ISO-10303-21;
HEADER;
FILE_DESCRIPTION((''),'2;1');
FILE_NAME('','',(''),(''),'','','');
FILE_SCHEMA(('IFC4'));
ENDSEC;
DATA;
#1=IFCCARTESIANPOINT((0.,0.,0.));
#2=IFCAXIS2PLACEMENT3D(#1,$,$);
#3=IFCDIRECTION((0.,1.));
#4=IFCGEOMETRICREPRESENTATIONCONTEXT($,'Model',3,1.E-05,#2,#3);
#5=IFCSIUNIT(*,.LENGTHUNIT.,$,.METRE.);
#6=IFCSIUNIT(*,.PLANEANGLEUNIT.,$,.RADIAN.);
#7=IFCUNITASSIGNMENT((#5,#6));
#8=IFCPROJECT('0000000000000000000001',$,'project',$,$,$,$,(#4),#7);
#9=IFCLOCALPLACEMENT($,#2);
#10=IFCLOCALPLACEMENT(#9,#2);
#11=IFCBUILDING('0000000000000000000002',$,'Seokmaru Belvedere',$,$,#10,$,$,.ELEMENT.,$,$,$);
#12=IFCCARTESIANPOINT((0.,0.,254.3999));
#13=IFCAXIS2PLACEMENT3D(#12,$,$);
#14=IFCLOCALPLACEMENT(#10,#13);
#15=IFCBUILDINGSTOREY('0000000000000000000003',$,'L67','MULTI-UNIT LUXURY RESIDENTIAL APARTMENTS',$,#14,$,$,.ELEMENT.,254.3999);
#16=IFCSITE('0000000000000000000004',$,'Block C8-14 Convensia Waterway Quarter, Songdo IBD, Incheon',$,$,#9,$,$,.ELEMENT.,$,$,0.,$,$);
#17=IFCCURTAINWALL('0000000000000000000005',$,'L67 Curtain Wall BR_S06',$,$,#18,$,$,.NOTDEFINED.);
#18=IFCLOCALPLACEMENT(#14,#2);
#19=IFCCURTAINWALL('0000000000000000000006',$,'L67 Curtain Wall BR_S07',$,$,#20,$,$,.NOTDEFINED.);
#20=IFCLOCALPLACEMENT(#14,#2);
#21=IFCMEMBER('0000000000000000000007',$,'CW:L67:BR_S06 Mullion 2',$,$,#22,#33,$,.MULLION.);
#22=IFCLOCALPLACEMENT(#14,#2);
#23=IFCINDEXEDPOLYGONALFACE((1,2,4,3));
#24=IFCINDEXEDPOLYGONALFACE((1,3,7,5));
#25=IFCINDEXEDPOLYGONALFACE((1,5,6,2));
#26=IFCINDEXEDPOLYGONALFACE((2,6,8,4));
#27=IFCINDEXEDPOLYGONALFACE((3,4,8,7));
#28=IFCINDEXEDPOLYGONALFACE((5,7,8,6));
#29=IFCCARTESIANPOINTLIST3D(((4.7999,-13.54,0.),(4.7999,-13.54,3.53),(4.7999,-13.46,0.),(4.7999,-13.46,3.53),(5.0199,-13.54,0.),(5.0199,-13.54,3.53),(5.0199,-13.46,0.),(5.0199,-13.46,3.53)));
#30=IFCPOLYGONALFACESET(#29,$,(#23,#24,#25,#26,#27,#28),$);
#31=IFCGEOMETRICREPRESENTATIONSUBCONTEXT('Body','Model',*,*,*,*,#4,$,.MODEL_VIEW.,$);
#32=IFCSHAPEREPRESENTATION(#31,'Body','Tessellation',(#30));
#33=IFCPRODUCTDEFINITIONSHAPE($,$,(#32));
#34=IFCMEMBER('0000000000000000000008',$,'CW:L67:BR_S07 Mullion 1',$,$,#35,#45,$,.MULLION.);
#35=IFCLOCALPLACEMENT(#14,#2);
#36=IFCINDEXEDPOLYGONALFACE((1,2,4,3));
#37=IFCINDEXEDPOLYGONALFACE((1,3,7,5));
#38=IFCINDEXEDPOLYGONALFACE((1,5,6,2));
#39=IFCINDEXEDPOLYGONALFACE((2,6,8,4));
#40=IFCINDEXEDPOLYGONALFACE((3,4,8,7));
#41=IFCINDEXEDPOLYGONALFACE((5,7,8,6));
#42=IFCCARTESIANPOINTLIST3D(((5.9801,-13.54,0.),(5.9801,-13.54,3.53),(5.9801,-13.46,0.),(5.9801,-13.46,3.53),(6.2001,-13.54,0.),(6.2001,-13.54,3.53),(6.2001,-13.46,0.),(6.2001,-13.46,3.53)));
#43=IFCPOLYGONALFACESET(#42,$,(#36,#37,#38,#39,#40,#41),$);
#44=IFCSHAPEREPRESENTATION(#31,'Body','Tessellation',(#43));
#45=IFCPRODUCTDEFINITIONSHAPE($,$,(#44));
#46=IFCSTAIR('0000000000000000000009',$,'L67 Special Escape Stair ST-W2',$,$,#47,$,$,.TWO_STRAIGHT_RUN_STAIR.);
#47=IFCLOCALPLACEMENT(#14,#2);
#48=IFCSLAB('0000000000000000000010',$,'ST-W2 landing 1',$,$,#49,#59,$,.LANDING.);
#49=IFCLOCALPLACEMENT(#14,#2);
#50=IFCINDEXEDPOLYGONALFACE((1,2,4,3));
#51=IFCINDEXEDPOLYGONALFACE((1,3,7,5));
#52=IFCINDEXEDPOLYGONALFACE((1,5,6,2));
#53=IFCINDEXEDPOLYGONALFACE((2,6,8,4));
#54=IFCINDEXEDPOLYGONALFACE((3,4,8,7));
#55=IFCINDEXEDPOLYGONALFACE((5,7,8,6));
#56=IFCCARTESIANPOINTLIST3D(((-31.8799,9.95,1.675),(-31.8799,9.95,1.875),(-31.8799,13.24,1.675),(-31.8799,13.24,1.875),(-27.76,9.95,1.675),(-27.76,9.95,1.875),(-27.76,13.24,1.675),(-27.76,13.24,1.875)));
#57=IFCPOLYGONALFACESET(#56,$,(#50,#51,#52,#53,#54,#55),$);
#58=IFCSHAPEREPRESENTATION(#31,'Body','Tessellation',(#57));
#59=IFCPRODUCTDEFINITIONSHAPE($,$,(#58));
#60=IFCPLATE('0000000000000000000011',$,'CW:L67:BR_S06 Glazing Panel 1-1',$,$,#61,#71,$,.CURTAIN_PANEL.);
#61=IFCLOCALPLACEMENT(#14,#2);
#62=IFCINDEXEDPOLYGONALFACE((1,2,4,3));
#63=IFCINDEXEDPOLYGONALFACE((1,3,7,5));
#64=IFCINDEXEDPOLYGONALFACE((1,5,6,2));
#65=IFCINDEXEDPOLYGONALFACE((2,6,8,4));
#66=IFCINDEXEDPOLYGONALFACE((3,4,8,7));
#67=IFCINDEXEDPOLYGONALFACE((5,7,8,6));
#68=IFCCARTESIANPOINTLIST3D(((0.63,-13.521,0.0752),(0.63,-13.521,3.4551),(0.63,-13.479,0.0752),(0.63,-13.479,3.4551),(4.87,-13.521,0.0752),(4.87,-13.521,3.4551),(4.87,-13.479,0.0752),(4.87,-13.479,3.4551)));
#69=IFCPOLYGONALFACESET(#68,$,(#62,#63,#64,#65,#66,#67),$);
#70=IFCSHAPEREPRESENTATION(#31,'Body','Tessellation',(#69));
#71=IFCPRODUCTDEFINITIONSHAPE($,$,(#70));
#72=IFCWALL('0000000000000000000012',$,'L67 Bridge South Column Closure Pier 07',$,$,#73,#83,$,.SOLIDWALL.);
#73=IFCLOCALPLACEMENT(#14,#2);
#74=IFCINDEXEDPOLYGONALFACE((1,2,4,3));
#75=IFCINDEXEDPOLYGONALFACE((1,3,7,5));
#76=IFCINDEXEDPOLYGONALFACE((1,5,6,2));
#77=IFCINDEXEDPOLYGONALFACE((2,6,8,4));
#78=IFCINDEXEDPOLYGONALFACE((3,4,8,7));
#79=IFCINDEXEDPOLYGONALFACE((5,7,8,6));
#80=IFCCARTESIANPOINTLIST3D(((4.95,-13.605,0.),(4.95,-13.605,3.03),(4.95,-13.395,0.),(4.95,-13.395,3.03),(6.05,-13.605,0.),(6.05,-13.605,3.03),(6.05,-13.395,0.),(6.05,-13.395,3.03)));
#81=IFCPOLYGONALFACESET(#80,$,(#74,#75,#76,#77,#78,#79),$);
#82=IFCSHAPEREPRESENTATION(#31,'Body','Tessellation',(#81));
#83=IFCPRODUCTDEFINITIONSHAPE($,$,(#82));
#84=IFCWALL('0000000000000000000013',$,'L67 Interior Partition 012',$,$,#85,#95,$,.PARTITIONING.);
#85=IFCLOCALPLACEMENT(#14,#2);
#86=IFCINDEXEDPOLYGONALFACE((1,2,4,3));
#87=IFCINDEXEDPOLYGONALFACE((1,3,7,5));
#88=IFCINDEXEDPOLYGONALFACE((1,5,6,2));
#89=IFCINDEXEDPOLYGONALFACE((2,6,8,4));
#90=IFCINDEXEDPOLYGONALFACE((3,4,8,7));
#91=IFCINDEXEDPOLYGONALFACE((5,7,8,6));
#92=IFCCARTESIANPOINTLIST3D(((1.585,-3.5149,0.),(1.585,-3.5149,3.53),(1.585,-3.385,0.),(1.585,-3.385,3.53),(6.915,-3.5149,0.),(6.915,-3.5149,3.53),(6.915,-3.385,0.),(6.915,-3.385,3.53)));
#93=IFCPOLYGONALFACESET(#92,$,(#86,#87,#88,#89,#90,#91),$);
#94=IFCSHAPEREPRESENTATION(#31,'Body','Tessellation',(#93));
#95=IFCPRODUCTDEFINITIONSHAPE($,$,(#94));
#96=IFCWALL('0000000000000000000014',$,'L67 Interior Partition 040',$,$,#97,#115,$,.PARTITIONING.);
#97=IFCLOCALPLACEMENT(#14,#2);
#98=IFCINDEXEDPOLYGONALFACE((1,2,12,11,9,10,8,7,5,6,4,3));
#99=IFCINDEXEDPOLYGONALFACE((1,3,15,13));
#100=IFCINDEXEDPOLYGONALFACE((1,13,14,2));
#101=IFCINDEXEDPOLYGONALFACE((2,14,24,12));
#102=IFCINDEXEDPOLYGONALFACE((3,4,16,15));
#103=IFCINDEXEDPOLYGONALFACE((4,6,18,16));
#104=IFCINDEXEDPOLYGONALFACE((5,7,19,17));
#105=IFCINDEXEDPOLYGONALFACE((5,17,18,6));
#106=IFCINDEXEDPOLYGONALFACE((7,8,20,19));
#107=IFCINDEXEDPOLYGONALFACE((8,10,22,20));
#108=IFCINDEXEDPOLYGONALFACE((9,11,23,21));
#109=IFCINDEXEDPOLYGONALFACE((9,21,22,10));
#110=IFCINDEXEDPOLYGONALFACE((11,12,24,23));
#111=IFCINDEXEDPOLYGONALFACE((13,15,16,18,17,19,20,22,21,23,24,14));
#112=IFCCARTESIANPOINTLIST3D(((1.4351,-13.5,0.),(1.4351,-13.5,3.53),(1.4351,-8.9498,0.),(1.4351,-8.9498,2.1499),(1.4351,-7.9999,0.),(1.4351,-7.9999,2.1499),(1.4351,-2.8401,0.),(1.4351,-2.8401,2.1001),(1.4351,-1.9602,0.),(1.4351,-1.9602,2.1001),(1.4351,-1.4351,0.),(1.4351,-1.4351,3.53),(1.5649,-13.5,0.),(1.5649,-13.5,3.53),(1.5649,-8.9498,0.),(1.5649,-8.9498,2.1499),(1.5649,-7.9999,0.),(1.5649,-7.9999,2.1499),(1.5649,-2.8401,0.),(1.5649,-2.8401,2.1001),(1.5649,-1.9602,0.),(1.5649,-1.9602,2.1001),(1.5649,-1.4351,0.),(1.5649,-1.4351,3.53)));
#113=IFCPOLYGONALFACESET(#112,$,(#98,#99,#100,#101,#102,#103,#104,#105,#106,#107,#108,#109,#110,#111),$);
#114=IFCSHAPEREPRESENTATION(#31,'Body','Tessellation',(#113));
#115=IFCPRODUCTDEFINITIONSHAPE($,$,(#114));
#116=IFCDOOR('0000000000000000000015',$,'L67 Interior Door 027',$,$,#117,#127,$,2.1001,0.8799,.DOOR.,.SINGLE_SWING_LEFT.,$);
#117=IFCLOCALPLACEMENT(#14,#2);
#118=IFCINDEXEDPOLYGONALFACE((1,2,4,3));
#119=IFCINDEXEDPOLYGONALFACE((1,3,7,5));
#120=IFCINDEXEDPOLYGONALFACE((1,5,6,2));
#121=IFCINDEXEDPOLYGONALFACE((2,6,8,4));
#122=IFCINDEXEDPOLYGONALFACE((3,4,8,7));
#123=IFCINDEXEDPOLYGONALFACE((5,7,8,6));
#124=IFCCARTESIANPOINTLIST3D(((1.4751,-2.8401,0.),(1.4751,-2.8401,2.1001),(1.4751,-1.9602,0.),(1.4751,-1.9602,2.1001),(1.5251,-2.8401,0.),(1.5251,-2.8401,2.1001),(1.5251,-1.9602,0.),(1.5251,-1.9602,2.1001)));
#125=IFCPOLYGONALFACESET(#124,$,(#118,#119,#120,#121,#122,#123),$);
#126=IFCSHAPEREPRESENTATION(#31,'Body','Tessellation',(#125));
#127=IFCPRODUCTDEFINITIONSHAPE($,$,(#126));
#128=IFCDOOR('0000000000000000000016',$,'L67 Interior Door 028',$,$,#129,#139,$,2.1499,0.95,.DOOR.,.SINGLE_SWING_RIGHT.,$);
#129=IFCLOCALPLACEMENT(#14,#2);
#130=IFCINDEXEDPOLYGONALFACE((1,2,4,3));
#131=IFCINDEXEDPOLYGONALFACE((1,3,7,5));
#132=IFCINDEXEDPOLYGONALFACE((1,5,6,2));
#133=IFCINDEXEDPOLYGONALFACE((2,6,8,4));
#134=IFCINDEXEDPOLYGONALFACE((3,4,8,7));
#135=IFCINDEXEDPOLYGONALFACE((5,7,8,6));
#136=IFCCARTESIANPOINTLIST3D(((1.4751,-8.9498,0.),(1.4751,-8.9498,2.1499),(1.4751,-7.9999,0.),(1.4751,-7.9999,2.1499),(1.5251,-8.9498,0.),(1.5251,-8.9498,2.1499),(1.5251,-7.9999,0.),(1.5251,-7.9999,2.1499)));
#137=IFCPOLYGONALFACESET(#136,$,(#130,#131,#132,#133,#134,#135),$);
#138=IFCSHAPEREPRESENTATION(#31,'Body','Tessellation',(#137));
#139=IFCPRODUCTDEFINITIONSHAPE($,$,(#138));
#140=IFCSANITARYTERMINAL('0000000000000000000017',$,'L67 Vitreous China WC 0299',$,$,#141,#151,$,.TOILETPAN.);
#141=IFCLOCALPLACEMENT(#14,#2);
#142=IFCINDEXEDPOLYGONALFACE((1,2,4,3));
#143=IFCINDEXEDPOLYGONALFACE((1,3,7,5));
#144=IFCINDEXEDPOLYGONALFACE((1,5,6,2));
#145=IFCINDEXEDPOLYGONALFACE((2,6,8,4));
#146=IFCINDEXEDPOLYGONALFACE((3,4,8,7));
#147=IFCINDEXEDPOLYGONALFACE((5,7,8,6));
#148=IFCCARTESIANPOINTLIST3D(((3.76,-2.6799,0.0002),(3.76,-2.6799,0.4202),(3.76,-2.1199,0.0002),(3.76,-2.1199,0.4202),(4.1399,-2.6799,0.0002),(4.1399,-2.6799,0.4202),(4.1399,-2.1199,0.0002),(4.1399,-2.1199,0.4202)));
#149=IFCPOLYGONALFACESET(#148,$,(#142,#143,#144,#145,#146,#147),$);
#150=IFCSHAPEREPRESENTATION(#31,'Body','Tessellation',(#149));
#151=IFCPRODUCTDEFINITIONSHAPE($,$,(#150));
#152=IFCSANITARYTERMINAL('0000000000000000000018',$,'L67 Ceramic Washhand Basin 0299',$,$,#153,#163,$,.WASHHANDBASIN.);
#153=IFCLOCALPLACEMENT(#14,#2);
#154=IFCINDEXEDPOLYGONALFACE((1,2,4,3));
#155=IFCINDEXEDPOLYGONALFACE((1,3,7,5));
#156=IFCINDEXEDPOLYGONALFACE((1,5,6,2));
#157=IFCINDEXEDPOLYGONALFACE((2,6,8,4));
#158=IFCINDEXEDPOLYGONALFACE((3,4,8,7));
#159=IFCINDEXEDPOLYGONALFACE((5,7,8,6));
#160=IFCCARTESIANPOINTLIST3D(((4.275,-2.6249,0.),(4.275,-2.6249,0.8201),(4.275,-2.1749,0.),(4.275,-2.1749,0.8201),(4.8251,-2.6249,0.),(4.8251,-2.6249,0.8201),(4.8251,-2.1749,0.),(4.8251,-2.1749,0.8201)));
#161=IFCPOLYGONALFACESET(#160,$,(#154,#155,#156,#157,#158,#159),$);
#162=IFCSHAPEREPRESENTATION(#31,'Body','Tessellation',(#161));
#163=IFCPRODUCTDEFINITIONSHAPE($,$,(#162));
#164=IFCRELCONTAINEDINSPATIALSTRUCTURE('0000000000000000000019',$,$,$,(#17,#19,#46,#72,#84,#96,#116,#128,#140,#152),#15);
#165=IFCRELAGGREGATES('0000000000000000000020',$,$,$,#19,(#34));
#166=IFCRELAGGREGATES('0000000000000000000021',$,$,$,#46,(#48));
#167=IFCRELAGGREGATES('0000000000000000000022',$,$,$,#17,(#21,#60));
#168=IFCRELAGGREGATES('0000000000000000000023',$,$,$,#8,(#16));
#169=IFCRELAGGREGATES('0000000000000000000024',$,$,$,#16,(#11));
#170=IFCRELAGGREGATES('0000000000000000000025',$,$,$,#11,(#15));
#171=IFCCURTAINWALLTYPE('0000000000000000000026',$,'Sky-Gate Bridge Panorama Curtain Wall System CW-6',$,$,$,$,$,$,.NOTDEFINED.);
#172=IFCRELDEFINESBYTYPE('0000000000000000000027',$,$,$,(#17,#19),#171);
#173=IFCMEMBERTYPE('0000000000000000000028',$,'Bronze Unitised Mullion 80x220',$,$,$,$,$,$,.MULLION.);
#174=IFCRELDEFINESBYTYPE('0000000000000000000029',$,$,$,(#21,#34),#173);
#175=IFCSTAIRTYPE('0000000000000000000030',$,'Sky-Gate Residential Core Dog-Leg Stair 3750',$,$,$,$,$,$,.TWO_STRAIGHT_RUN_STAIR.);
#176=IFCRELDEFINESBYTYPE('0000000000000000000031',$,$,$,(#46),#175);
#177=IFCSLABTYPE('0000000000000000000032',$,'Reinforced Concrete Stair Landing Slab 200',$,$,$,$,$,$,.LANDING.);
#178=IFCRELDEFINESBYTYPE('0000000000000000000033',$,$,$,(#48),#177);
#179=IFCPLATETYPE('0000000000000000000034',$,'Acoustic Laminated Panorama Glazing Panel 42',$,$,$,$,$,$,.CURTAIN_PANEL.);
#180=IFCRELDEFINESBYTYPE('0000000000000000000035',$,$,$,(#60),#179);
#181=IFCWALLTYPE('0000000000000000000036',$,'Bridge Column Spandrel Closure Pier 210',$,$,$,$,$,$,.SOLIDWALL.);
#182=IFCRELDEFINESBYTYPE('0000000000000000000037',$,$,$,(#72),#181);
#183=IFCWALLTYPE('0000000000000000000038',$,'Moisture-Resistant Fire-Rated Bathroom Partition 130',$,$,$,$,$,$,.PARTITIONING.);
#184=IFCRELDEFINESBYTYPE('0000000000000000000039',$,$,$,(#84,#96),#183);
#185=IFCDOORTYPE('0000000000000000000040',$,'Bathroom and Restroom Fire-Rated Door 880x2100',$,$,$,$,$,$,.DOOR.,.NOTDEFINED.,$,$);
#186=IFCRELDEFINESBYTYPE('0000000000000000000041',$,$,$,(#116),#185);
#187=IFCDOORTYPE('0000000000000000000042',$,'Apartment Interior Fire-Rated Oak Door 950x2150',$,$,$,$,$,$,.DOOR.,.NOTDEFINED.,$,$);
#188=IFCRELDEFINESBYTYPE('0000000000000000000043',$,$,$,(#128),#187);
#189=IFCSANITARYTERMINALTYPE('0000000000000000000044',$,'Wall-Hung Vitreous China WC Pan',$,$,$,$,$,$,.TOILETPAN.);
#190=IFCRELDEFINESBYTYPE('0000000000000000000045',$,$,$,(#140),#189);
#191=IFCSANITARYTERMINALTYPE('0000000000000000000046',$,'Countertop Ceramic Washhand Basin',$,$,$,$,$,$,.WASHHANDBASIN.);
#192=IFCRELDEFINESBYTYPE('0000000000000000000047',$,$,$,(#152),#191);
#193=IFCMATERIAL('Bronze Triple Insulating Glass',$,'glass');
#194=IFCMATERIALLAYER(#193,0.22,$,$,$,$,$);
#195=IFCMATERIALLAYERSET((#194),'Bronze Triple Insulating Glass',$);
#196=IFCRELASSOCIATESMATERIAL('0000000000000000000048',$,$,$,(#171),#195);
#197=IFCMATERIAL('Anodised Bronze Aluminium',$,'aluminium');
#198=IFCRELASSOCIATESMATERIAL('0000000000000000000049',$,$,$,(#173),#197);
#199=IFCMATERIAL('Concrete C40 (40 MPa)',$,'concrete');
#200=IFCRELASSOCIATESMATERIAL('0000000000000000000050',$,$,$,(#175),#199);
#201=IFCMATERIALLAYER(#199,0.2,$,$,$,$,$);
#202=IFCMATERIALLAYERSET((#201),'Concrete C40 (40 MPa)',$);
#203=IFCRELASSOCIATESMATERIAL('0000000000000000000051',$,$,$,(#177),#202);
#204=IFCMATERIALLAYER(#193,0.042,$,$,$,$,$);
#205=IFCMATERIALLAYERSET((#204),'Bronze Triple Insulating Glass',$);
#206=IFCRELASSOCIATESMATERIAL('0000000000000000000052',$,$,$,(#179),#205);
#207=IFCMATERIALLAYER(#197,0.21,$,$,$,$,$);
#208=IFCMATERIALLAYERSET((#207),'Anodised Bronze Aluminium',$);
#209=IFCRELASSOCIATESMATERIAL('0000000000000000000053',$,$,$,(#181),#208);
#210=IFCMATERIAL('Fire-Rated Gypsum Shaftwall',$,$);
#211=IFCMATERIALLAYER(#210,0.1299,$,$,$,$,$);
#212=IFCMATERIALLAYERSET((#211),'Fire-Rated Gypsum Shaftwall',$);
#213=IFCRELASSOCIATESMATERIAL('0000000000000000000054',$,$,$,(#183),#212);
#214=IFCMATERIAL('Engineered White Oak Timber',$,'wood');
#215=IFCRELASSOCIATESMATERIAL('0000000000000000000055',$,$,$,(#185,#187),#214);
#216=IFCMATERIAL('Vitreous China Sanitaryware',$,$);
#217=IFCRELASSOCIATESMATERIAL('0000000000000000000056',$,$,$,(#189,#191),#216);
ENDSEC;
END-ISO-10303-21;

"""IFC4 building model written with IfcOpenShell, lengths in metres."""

from ifc_helpers import new_model, si_unit, direction, frame, frame_2d, origin, origin_2d, place, context, subcontext, project, spatial, polyline, rectangle, outline, extrude, source, transform, mapped, material, layer, layer_set, material_profile, profile_set, type_object, type_shapes, element, fill, aggregate, save


model = new_model("IFC4")

# Units and contexts
model_context = context("Model", 3, precision=1e-05, world=origin(), true_north=direction((0.0, 1.0)))
body_context = subcontext(model_context, "Body", "Model", "MODEL_VIEW")
ifc_project = project(units=[si_unit("LENGTHUNIT", "METRE"), si_unit("PLANEANGLEUNIT", "RADIAN")], contexts=[model_context])

# Site, building, storey
site_placement = place(None, origin())
site = spatial("IfcSite", under=ifc_project, at=site_placement, Name="Block C8-14 Convensia Waterway Quarter, Songdo IBD, Incheon", CompositionType="ELEMENT", RefElevation=0.0)
building_placement = place(site_placement, origin())
building = spatial("IfcBuilding", under=site, at=building_placement, Name="Seokmaru Belvedere", CompositionType="ELEMENT")
storey_placement = place(building_placement, frame((0.0, 0.0, 254.3999)))
storey = spatial("IfcBuildingStorey", under=building, at=storey_placement, Name="L67", Description="MULTI-UNIT LUXURY RESIDENTIAL APARTMENTS", CompositionType="ELEMENT", Elevation=254.3999)

# Curtain walls
ifc_material_1 = material(Name="Bronze Triple Insulating Glass", Category="glass")
ifc_layer_1 = layer(ifc_material_1, 0.22)
ifc_layer_set_1 = layer_set([ifc_layer_1], Name="Bronze Triple Insulating Glass")
curtain_wall_type = type_object("IfcCurtainWallType", Name="Sky-Gate Bridge Panorama Curtain Wall System CW-6", PredefinedType="NOTDEFINED", material=ifc_layer_set_1)
curtain_wall_1_placement = place(storey_placement, origin())
curtain_wall_1 = element("IfcCurtainWall", 1, at=curtain_wall_1_placement, inside=storey, type_object=curtain_wall_type, Name="L67 Curtain Wall BR_S06", PredefinedType="NOTDEFINED")
ifc_material_2 = material(Name="Anodised Bronze Aluminium", Category="aluminium")
curtain_wall_2_placement = place(storey_placement, origin())
curtain_wall_2 = element("IfcCurtainWall", 2, at=curtain_wall_2_placement, inside=storey, type_object=curtain_wall_type, Name="L67 Curtain Wall BR_S07", PredefinedType="NOTDEFINED")

# Members
ifc_material_profile_1 = material_profile(ifc_material_2, rectangle(XDim=0.0801, YDim=0.22, at=origin_2d()), Name="CW-M-80x220")
ifc_profile_set_1 = profile_set([ifc_material_profile_1], Name="Anodised Bronze Aluminium")
member_type_1 = type_object("IfcMemberType", Name="Bronze Unitised Mullion 80x220", PredefinedType="MULLION", material=ifc_profile_set_1)
shared_shape_1 = source(origin(), body_context, "Body", "SweptSolid", [
    extrude(rectangle(XDim=0.0801, YDim=0.22, at=origin_2d()), origin(), (0.0, 0.0, 1.0), 3.53),
])
type_shapes(member_type_1, [shared_shape_1])
member_1_placement = place(storey_placement, frame((4.9099, -13.5, 0.0), z_axis=(0.0, 0.0, 1.0), x_axis=(0.0, 1.0, 0.0)))
member_1 = element("IfcMember", 3, at=member_1_placement, type_object=member_type_1, Name="CW:L67:BR_S06 Mullion 2", PredefinedType="MULLION", context=body_context, shape_type="MappedRepresentation", body=[
    mapped(shared_shape_1, transform((0.0, 0.0, 0.0), scale=1.0)),
])
member_2_placement = place(storey_placement, frame((6.0901, -13.5, 0.0), z_axis=(0.0, 0.0, 1.0), x_axis=(0.0, 1.0, 0.0)))
member_2 = element("IfcMember", 4, at=member_2_placement, type_object=member_type_1, Name="CW:L67:BR_S07 Mullion 1", PredefinedType="MULLION", context=body_context, shape_type="MappedRepresentation", body=[
    mapped(shared_shape_1, transform((0.0, 0.0, 0.0), scale=1.0)),
])
aggregate(curtain_wall_2, [member_2])

# Stair, slab
ifc_material_3 = material(Name="Concrete C40 (40 MPa)", Category="concrete")
stair_type = type_object("IfcStairType", Name="Sky-Gate Residential Core Dog-Leg Stair 3750", PredefinedType="TWO_STRAIGHT_RUN_STAIR", material=ifc_material_3)
stair_placement = place(storey_placement, origin())
stair = element("IfcStair", 5, at=stair_placement, inside=storey, type_object=stair_type, Name="L67 Special Escape Stair ST-W2", PredefinedType="TWO_STRAIGHT_RUN_STAIR")
ifc_layer_2 = layer(ifc_material_3, 0.2)
ifc_layer_set_2 = layer_set([ifc_layer_2], Name="Concrete C40 (40 MPa)")
slab_type = type_object("IfcSlabType", Name="Reinforced Concrete Stair Landing Slab 200", PredefinedType="LANDING", material=ifc_layer_set_2)
slab_placement = place(storey_placement, frame((0.0, 0.0, 1.675)))
slab = element("IfcSlab", 6, at=slab_placement, type_object=slab_type, Name="ST-W2 landing 1", PredefinedType="LANDING", context=body_context, shape_type="SweptSolid", body=[
    extrude(outline(polyline([(-31.8799, 9.95), (-27.76, 9.95), (-27.76, 13.24), (-31.8799, 13.24), (-31.8799, 9.95)])), origin(), (0.0, 0.0, 1.0), 0.2),
])
aggregate(stair, [slab])

# Plate
ifc_layer_3 = layer(ifc_material_1, 0.042)
ifc_layer_set_3 = layer_set([ifc_layer_3], Name="Bronze Triple Insulating Glass")
plate_type = type_object("IfcPlateType", Name="Acoustic Laminated Panorama Glazing Panel 42", PredefinedType="CURTAIN_PANEL", material=ifc_layer_set_3)
shared_shape_2 = source(origin(), body_context, "Body", "SweptSolid", [
    extrude(rectangle(XDim=4.24, YDim=0.042, at=origin_2d()), origin(), (0.0, 0.0, 1.0), 3.3799),
])
type_shapes(plate_type, [shared_shape_2])
plate_placement = place(storey_placement, frame((2.75, -13.5, 0.0752), z_axis=(0.0, 0.0, 1.0), x_axis=(1.0, 0.0, 0.0)))
plate = element("IfcPlate", 7, at=plate_placement, type_object=plate_type, Name="CW:L67:BR_S06 Glazing Panel 1-1", PredefinedType="CURTAIN_PANEL", context=body_context, shape_type="MappedRepresentation", body=[
    mapped(shared_shape_2, transform((0.0, 0.0, 0.0), scale=1.0)),
])
aggregate(curtain_wall_1, [member_1, plate])

# Walls
ifc_layer_4 = layer(ifc_material_2, 0.21)
ifc_layer_set_4 = layer_set([ifc_layer_4], Name="Anodised Bronze Aluminium")
wall_type_1 = type_object("IfcWallType", Name="Bridge Column Spandrel Closure Pier 210", PredefinedType="SOLIDWALL", material=ifc_layer_set_4)
wall_1_placement = place(storey_placement, frame((4.95, -13.5, 0.0), z_axis=(0.0, 0.0, 1.0), x_axis=(1.0, 0.0, 0.0)))
element("IfcWall", 8, at=wall_1_placement, inside=storey, type_object=wall_type_1, Name="L67 Bridge South Column Closure Pier 07", PredefinedType="SOLIDWALL", context=body_context, shape_type="SweptSolid", body=[
    extrude(rectangle(XDim=1.1001, YDim=0.21, at=frame_2d((0.55, 0.0))), origin(), (0.0, 0.0, 1.0), 3.03),
])
ifc_material_4 = material(Name="Fire-Rated Gypsum Shaftwall")
ifc_layer_5 = layer(ifc_material_4, 0.1299)
ifc_layer_set_5 = layer_set([ifc_layer_5], Name="Fire-Rated Gypsum Shaftwall")
wall_type_2 = type_object("IfcWallType", Name="Moisture-Resistant Fire-Rated Bathroom Partition 130", PredefinedType="PARTITIONING", material=ifc_layer_set_5)
wall_2_placement = place(storey_placement, frame((1.585, -3.45, 0.0), z_axis=(0.0, 0.0, 1.0), x_axis=(1.0, 0.0, 0.0)))
element("IfcWall", 9, at=wall_2_placement, inside=storey, type_object=wall_type_2, Name="L67 Interior Partition 012", PredefinedType="PARTITIONING", context=body_context, shape_type="SweptSolid", body=[
    extrude(rectangle(XDim=5.3301, YDim=0.1299, at=frame_2d((2.665, 0.0))), origin(), (0.0, 0.0, 1.0), 3.53),
])

# Wall, openings, doors
wall_3_placement = place(storey_placement, frame((1.5, -13.5, 0.0), z_axis=(0.0, 0.0, 1.0), x_axis=(0.0, 1.0, 0.0)))
wall_3 = element("IfcWall", 10, at=wall_3_placement, inside=storey, type_object=wall_type_2, Name="L67 Interior Partition 040", PredefinedType="PARTITIONING", context=body_context, shape_type="SweptSolid", body=[
    extrude(rectangle(XDim=12.0649, YDim=0.1299, at=frame_2d((6.0325, 0.0))), origin(), (0.0, 0.0, 1.0), 3.53),
])
opening_1_placement = place(wall_3_placement, frame((10.6599, 0.0, 0.0)))
opening_1 = element("IfcOpeningElement", 11, at=opening_1_placement, cuts=wall_3, PredefinedType="OPENING", context=body_context, shape_type="SweptSolid", body=[
    extrude(rectangle(XDim=0.8799, YDim=2.1001, at=frame_2d((0.4399, 1.05))), frame((0.0, 0.075, 0.0), z_axis=(0.0, -1.0, 0.0), x_axis=(1.0, 0.0, 0.0)), (0.0, 0.0, 1.0), 0.1499),
])
opening_2_placement = place(wall_3_placement, frame((4.55, 0.0, 0.0)))
opening_2 = element("IfcOpeningElement", 12, at=opening_2_placement, cuts=wall_3, PredefinedType="OPENING", context=body_context, shape_type="SweptSolid", body=[
    extrude(rectangle(XDim=0.95, YDim=2.1499, at=frame_2d((0.4751, 1.075))), frame((0.0, 0.075, 0.0), z_axis=(0.0, -1.0, 0.0), x_axis=(1.0, 0.0, 0.0)), (0.0, 0.0, 1.0), 0.1499),
])
ifc_material_5 = material(Name="Engineered White Oak Timber", Category="wood")
door_type_1 = type_object("IfcDoorType", Name="Bathroom and Restroom Fire-Rated Door 880x2100", OperationType="NOTDEFINED", PredefinedType="DOOR", material=ifc_material_5)
shared_shape_3 = source(origin(), body_context, "Body", "SweptSolid", [
    extrude(rectangle(XDim=0.8799, YDim=2.1001, at=frame_2d((0.4399, 1.05))), frame((0.0, 0.0249, 0.0), z_axis=(0.0, -1.0, 0.0), x_axis=(1.0, 0.0, 0.0)), (0.0, 0.0, 1.0), 0.05),
])
type_shapes(door_type_1, [shared_shape_3])
door_1_placement = place(opening_1_placement, origin())
door_1 = element("IfcDoor", 13, at=door_1_placement, inside=storey, type_object=door_type_1, Name="L67 Interior Door 027", OperationType="SINGLE_SWING_LEFT", OverallHeight=2.1001, OverallWidth=0.8799, PredefinedType="DOOR", context=body_context, shape_type="MappedRepresentation", body=[
    mapped(shared_shape_3, transform((0.0, 0.0, 0.0), scale=1.0)),
])
fill(opening_1, door_1)
door_type_2 = type_object("IfcDoorType", Name="Apartment Interior Fire-Rated Oak Door 950x2150", OperationType="NOTDEFINED", PredefinedType="DOOR", material=ifc_material_5)
shared_shape_4 = source(origin(), body_context, "Body", "SweptSolid", [
    extrude(rectangle(XDim=0.95, YDim=2.1499, at=frame_2d((0.4751, 1.075))), frame((0.0, 0.0249, 0.0), z_axis=(0.0, -1.0, 0.0), x_axis=(1.0, 0.0, 0.0)), (0.0, 0.0, 1.0), 0.05),
])
type_shapes(door_type_2, [shared_shape_4])
door_2_placement = place(opening_2_placement, origin())
door_2 = element("IfcDoor", 14, at=door_2_placement, inside=storey, type_object=door_type_2, Name="L67 Interior Door 028", OperationType="SINGLE_SWING_RIGHT", OverallHeight=2.1499, OverallWidth=0.95, PredefinedType="DOOR", context=body_context, shape_type="MappedRepresentation", body=[
    mapped(shared_shape_4, transform((0.0, 0.0, 0.0), scale=1.0)),
])
fill(opening_2, door_2)

# Sanitary terminals
ifc_material_6 = material(Name="Vitreous China Sanitaryware")
sanitary_terminal_type_1 = type_object("IfcSanitaryTerminalType", Name="Wall-Hung Vitreous China WC Pan", PredefinedType="TOILETPAN", material=ifc_material_6)
shared_shape_5 = source(origin(), body_context, "Body", "SweptSolid", [
    extrude(rectangle(XDim=0.3799, YDim=0.5601, at=origin_2d()), origin(), (0.0, 0.0, 1.0), 0.4199),
])
type_shapes(sanitary_terminal_type_1, [shared_shape_5])
sanitary_terminal_1_placement = place(storey_placement, frame((3.95, -2.3999, 0.0002), z_axis=(0.0, 0.0, 1.0), x_axis=(1.0, 0.0, 0.0)))
element("IfcSanitaryTerminal", 15, at=sanitary_terminal_1_placement, inside=storey, type_object=sanitary_terminal_type_1, Name="L67 Vitreous China WC 0299", PredefinedType="TOILETPAN", context=body_context, shape_type="MappedRepresentation", body=[
    mapped(shared_shape_5, transform((0.0, 0.0, 0.0), scale=1.0)),
])
sanitary_terminal_type_2 = type_object("IfcSanitaryTerminalType", Name="Countertop Ceramic Washhand Basin", PredefinedType="WASHHANDBASIN", material=ifc_material_6)
shared_shape_6 = source(origin(), body_context, "Body", "SweptSolid", [
    extrude(rectangle(XDim=0.55, YDim=0.45, at=origin_2d()), origin(), (0.0, 0.0, 1.0), 0.8201),
])
type_shapes(sanitary_terminal_type_2, [shared_shape_6])
sanitary_terminal_2_placement = place(storey_placement, frame((4.55, -2.3999, 0.0), z_axis=(0.0, 0.0, 1.0), x_axis=(1.0, 0.0, 0.0)))
element("IfcSanitaryTerminal", 16, at=sanitary_terminal_2_placement, inside=storey, type_object=sanitary_terminal_type_2, Name="L67 Ceramic Washhand Basin 0299", PredefinedType="WASHHANDBASIN", context=body_context, shape_type="MappedRepresentation", body=[
    mapped(shared_shape_6, transform((0.0, 0.0, 0.0), scale=1.0)),
])

save(model, "model.ifc")
